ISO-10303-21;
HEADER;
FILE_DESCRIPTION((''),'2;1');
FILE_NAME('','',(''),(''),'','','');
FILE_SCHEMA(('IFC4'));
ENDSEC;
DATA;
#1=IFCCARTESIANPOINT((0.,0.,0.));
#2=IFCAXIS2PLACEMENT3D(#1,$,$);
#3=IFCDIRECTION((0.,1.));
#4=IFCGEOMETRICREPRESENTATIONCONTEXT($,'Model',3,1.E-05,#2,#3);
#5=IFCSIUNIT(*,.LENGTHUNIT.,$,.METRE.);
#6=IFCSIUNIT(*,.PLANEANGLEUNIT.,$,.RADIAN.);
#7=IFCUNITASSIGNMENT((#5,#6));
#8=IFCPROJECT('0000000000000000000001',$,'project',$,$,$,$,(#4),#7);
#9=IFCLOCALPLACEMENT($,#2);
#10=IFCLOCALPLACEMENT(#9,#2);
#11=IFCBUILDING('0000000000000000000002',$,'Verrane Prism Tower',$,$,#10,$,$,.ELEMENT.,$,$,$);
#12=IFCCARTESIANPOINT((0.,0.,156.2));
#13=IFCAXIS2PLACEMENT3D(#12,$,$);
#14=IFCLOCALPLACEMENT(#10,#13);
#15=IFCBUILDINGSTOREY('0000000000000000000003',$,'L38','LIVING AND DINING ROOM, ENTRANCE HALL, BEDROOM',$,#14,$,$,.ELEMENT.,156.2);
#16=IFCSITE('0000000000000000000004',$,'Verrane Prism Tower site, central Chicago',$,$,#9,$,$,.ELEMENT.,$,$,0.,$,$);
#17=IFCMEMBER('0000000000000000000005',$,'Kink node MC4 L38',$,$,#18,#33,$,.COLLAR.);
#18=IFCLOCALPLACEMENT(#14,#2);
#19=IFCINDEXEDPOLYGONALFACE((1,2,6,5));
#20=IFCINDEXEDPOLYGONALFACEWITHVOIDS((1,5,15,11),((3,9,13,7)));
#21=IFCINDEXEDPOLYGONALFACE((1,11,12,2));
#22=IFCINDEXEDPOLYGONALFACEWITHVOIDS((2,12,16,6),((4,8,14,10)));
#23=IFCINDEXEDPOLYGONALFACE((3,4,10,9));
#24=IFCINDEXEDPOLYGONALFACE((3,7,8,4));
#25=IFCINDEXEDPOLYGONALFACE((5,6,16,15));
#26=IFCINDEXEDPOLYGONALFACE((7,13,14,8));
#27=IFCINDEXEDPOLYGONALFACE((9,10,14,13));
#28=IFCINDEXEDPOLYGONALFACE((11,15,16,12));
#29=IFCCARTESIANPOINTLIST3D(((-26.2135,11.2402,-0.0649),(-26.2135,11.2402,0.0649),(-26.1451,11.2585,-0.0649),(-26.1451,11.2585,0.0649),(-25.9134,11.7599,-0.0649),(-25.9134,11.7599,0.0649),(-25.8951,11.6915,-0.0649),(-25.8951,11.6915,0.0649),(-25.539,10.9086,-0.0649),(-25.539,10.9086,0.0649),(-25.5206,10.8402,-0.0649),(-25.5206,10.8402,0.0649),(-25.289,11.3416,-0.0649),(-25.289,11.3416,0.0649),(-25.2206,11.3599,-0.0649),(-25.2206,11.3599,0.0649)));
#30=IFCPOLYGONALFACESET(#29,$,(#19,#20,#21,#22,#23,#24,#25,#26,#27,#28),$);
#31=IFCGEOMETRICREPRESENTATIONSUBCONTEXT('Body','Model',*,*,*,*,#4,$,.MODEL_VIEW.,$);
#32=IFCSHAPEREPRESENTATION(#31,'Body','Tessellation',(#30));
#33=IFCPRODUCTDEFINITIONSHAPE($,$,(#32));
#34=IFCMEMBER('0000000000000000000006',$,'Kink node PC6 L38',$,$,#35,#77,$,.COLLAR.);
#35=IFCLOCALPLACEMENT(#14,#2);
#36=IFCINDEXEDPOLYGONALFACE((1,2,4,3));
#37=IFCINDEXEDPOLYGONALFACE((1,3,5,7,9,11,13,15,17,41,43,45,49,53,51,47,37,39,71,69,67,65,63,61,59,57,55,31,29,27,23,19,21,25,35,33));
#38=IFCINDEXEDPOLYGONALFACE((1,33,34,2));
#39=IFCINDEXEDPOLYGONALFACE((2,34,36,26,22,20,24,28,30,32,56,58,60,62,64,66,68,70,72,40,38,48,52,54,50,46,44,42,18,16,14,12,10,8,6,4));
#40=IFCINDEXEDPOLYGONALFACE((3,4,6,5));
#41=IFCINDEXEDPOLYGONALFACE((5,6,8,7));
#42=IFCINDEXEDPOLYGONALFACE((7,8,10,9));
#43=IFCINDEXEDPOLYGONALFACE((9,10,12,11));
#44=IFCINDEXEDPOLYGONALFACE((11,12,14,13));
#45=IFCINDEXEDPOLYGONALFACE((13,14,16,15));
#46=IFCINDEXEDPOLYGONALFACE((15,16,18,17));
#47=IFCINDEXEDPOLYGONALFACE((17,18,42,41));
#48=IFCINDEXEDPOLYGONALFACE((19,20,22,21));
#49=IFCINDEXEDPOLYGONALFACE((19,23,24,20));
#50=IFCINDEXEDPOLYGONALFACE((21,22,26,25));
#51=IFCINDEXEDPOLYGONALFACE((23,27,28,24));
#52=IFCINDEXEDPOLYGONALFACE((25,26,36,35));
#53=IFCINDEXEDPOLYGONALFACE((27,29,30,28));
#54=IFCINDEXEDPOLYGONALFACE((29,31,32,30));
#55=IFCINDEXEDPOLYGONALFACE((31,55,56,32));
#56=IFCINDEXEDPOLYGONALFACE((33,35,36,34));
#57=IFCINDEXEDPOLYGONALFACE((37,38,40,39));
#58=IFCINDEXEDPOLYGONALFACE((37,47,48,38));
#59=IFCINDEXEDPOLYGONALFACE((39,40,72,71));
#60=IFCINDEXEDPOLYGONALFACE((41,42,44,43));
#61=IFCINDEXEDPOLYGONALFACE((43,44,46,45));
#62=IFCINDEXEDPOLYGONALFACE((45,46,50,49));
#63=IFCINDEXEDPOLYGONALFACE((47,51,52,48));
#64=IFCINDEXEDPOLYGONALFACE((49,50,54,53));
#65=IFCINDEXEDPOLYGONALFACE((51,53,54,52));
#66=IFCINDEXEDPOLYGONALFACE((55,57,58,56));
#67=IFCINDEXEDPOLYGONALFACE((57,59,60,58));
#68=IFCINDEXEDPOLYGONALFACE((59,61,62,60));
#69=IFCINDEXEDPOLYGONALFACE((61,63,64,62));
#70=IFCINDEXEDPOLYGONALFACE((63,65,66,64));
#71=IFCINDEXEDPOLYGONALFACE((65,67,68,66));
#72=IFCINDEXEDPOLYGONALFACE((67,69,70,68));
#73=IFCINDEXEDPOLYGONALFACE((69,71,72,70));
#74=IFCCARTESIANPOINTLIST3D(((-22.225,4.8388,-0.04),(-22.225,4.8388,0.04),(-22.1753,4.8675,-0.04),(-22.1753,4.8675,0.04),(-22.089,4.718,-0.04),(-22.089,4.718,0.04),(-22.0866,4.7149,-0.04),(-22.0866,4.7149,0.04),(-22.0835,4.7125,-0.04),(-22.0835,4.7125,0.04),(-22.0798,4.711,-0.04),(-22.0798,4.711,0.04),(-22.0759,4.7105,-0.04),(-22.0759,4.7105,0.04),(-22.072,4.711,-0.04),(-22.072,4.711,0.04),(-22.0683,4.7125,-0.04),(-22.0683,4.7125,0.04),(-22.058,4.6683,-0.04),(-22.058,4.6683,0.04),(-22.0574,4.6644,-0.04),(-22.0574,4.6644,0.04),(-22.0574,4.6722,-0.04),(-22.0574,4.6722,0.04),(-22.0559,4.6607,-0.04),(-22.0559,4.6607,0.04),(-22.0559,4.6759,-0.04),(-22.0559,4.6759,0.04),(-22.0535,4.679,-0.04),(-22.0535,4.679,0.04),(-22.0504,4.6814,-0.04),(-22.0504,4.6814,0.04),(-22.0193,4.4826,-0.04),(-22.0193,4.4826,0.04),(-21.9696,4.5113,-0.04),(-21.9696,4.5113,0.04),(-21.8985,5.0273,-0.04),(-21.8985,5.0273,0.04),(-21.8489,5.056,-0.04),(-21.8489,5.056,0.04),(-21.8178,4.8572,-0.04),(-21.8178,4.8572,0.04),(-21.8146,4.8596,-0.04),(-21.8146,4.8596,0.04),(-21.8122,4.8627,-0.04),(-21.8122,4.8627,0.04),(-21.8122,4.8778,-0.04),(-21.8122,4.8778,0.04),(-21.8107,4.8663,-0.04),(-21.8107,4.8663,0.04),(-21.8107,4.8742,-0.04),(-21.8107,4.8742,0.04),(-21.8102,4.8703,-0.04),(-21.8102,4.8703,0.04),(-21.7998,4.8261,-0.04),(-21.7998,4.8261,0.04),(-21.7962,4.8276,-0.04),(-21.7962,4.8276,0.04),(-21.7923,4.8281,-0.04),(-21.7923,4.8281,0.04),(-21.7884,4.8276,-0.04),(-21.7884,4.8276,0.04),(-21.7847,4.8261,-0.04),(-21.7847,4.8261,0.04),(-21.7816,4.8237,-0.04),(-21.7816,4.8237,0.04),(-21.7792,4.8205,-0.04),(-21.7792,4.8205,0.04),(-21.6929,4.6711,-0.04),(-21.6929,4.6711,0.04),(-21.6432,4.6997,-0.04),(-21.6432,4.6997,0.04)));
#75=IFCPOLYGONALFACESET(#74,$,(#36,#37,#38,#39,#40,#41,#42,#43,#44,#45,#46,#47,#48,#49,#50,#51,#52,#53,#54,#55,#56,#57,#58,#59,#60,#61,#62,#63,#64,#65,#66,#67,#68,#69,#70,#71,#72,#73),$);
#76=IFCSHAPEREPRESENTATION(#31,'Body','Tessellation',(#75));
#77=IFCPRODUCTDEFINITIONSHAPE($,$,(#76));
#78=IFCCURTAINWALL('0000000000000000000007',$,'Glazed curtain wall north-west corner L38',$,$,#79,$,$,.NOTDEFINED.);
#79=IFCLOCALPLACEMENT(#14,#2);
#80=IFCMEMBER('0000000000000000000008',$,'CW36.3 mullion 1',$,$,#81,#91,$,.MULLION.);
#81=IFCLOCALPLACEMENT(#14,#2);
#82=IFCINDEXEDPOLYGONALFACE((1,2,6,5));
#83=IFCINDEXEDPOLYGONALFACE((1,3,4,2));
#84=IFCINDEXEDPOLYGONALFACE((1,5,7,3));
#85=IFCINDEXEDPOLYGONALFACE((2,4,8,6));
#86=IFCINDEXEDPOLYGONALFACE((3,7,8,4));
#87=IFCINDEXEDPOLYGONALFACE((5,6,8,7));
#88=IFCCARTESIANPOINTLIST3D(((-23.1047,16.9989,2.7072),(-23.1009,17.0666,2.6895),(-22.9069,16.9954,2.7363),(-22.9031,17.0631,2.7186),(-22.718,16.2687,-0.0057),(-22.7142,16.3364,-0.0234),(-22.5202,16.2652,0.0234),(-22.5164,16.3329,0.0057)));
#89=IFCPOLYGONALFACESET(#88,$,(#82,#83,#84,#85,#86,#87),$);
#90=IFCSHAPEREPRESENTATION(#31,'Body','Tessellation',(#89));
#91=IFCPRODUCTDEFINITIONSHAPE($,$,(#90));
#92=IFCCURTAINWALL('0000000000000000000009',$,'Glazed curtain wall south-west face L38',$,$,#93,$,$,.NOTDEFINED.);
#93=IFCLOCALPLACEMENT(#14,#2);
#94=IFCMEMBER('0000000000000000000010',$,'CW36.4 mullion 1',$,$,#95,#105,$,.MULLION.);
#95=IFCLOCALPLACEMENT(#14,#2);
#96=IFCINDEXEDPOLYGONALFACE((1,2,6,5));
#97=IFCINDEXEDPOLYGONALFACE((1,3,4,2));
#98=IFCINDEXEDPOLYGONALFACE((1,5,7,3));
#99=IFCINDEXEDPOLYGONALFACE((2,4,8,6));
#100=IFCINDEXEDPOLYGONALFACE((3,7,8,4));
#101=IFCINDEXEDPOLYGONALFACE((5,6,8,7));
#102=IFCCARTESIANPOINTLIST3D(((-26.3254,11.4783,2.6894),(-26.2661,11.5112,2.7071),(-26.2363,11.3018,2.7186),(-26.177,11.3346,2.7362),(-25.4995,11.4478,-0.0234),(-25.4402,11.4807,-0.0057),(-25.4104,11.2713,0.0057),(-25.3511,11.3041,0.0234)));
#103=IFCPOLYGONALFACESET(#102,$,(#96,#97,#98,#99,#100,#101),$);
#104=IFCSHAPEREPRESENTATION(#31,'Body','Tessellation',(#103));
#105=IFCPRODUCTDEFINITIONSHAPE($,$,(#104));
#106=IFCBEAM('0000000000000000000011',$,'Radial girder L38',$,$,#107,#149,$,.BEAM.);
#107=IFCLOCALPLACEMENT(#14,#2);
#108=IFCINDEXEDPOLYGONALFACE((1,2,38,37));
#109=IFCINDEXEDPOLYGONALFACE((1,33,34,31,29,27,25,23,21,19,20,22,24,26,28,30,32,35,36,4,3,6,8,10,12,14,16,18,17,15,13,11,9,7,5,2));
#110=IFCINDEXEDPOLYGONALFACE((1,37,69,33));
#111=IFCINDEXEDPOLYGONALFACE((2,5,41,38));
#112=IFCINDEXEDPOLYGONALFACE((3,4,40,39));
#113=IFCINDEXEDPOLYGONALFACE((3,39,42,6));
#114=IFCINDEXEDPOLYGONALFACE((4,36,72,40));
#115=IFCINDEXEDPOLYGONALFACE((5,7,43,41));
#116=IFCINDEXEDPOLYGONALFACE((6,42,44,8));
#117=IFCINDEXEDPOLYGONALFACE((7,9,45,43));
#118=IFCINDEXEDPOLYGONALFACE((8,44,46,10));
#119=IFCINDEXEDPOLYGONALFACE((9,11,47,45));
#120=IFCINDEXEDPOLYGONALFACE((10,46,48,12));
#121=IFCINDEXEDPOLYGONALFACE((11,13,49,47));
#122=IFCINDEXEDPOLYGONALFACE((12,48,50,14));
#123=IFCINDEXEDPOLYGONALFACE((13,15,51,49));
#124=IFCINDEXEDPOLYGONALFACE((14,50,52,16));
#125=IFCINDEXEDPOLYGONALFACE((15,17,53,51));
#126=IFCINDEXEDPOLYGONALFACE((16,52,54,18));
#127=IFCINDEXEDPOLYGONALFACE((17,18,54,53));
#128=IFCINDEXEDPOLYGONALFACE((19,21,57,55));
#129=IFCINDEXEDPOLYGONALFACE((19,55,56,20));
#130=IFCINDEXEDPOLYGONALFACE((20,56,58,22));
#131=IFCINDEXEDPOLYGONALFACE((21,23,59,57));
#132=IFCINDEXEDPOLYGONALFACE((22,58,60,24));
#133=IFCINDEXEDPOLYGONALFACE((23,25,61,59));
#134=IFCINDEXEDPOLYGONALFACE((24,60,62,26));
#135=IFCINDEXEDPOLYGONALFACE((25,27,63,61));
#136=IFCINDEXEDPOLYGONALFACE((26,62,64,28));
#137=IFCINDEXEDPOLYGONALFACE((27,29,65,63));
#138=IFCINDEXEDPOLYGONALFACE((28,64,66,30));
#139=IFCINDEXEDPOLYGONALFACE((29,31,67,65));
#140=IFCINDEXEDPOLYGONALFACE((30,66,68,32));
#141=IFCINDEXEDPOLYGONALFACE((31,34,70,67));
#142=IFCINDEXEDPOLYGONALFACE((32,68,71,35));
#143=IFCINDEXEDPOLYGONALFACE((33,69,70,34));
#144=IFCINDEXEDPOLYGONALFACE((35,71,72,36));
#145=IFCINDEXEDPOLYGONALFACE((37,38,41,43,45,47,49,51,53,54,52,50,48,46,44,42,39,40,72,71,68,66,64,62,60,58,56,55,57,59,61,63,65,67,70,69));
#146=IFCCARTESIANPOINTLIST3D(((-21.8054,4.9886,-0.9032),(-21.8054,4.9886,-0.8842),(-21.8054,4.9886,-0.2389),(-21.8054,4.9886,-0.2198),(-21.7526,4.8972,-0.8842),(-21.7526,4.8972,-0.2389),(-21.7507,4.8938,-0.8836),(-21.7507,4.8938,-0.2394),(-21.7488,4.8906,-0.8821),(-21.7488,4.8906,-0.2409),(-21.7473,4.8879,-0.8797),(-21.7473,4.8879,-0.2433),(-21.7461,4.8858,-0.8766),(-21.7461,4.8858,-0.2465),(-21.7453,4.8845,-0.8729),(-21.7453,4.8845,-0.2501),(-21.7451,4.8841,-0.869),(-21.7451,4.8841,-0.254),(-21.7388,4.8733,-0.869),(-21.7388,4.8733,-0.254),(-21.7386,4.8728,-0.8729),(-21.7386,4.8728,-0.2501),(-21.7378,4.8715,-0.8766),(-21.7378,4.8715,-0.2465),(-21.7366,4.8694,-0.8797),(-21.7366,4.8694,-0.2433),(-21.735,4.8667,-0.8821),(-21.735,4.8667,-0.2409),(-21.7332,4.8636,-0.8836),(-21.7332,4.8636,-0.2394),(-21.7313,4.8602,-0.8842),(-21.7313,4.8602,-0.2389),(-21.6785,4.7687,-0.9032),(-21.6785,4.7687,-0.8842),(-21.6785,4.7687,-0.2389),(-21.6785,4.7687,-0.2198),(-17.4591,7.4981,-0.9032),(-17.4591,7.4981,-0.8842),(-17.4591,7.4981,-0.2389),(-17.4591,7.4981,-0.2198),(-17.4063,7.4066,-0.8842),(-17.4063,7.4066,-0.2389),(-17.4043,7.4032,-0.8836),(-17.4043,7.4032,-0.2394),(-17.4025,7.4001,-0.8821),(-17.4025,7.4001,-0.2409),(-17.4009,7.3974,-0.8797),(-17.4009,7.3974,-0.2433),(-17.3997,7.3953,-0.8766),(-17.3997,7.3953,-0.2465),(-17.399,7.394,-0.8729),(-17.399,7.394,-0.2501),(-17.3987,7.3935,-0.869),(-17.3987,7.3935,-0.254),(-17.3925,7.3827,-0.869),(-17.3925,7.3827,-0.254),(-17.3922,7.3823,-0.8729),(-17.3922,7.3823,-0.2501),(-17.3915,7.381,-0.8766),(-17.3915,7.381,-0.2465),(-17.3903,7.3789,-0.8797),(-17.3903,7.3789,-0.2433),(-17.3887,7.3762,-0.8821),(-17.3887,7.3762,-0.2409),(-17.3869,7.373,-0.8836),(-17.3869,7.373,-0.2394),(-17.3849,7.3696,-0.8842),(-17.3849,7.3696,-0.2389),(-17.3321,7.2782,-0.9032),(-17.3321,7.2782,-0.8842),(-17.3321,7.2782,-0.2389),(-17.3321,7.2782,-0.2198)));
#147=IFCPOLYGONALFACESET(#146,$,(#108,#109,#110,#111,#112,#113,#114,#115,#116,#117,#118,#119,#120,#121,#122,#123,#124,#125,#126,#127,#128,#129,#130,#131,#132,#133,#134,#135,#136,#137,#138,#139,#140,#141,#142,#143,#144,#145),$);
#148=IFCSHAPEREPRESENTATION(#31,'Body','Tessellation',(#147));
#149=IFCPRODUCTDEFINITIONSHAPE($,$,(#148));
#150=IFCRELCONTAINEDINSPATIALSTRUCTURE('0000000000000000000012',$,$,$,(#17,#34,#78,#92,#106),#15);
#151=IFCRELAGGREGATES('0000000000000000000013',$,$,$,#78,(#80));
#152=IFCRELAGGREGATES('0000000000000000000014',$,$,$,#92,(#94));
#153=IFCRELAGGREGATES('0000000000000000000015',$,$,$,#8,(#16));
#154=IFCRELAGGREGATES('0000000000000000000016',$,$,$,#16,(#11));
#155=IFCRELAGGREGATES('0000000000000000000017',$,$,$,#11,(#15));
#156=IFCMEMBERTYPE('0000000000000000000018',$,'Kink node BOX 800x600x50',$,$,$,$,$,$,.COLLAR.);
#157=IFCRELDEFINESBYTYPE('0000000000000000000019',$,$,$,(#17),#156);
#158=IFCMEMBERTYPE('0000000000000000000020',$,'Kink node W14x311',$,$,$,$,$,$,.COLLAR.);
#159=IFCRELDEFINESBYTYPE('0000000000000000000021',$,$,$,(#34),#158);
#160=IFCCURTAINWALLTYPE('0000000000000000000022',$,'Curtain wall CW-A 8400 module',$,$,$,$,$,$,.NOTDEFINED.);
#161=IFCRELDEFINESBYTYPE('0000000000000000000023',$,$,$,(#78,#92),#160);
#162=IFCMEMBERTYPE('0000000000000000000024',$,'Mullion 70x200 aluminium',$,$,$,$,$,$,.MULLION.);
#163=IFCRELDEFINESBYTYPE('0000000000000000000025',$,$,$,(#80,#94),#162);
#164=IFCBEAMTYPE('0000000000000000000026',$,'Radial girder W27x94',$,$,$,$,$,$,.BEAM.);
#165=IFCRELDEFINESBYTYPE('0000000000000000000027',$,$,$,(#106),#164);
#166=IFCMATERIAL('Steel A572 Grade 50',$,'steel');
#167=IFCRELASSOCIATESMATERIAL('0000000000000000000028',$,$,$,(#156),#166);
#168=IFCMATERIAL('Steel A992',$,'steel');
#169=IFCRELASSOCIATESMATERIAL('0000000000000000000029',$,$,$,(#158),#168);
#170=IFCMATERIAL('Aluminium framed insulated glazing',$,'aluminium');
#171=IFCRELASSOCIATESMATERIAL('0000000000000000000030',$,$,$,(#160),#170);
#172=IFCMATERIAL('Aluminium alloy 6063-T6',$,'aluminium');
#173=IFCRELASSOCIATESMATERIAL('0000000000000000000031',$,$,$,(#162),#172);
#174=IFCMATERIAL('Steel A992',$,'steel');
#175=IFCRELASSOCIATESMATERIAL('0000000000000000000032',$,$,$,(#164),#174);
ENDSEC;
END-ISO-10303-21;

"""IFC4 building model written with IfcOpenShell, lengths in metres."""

from ifc_helpers import new_model, si_unit, direction, frame, origin, origin_2d, place, context, subcontext, project, spatial, rectangle, hollow_rectangle, i_section, extrude, material, material_profile, profile_set, type_object, element, aggregate, save


model = new_model("IFC4")

# Units and contexts
model_context = context("Model", 3, precision=1e-05, world=origin(), true_north=direction((0.0, 1.0)))
body_context = subcontext(model_context, "Body", "Model", "MODEL_VIEW")
ifc_project = project(units=[si_unit("LENGTHUNIT", "METRE"), si_unit("PLANEANGLEUNIT", "RADIAN")], contexts=[model_context])

# Site, building, storey
site_placement = place(None, origin())
site = spatial("IfcSite", under=ifc_project, at=site_placement, Name="Verrane Prism Tower site, central Chicago", CompositionType="ELEMENT", RefElevation=0.0)
building_placement = place(site_placement, origin())
building = spatial("IfcBuilding", under=site, at=building_placement, Name="Verrane Prism Tower", CompositionType="ELEMENT")
storey_placement = place(building_placement, frame((0.0, 0.0, 156.2)))
storey = spatial("IfcBuildingStorey", under=building, at=storey_placement, Name="L38", Description="LIVING AND DINING ROOM, ENTRANCE HALL, BEDROOM", CompositionType="ELEMENT", Elevation=156.2)

# Members
ifc_material_1 = material(Name="Steel A572 Grade 50", Category="steel")
ifc_material_profile_1 = material_profile(ifc_material_1, hollow_rectangle(XDim=0.6001, YDim=0.8, WallThickness=0.05, at=origin_2d()), Name="BOX 800x600x50")
ifc_profile_set_1 = profile_set([ifc_material_profile_1], Name="Steel A572 Grade 50")
member_type_1 = type_object("IfcMemberType", Name="Kink node BOX 800x600x50", PredefinedType="COLLAR", material=ifc_profile_set_1)
for number, where, z_axis, x_axis, name in (
    (1, (-25.717, 11.3, -0.0649), (0.0, 0.0, 1.0), (0.5, 0.866025, 0.0), "Kink node MC4 L38"),
):
    element("IfcMember", number, at=place(storey_placement, frame(where, z_axis=z_axis, x_axis=x_axis)), inside=storey, type_object=member_type_1, Name=name, PredefinedType="COLLAR", context=body_context, shape_type="SweptSolid", body=[
        extrude(hollow_rectangle(XDim=0.6001, YDim=0.8, WallThickness=0.05, at=origin_2d()), origin(), (0.0, 0.0, 1.0), 0.1299),
    ])
ifc_material_2 = material(Name="Steel A992", Category="steel")
ifc_material_profile_2 = material_profile(ifc_material_2, i_section(OverallWidth=0.4114, OverallDepth=0.4343, WebThickness=0.0359, FlangeThickness=0.0574, FilletRadius=0.0151, at=origin_2d()), Name="W14x311")
ifc_profile_set_2 = profile_set([ifc_material_profile_2], Name="Steel A992")
member_type_2 = type_object("IfcMemberType", Name="Kink node W14x311", PredefinedType="COLLAR", material=ifc_profile_set_2)
member_1_placement = place(storey_placement, frame((-21.9341, 4.7693, -0.04), z_axis=(0.0, 0.0, 1.0), x_axis=(-0.5, 0.866025, 0.0)))
element("IfcMember", 2, at=member_1_placement, inside=storey, type_object=member_type_2, Name="Kink node PC6 L38", PredefinedType="COLLAR", context=body_context, shape_type="SweptSolid", body=[
    extrude(i_section(OverallWidth=0.4114, OverallDepth=0.4343, WebThickness=0.0359, FlangeThickness=0.0574, FilletRadius=0.0151, at=origin_2d()), origin(), (0.0, 0.0, 1.0), 0.0801),
])

# Curtain walls, members
ifc_material_3 = material(Name="Aluminium framed insulated glazing", Category="aluminium")
curtain_wall_type = type_object("IfcCurtainWallType", Name="Curtain wall CW-A 8400 module", PredefinedType="NOTDEFINED", material=ifc_material_3)
curtain_wall_1_placement = place(storey_placement, origin())
curtain_wall_1 = element("IfcCurtainWall", 3, at=curtain_wall_1_placement, inside=storey, type_object=curtain_wall_type, Name="Glazed curtain wall north-west corner L38", PredefinedType="NOTDEFINED")
ifc_material_4 = material(Name="Aluminium alloy 6063-T6", Category="aluminium")
ifc_material_profile_3 = material_profile(ifc_material_4, rectangle(XDim=0.2, YDim=0.0701, at=origin_2d()), Name="Mullion 70x200 aluminium")
ifc_profile_set_3 = profile_set([ifc_material_profile_3], Name="Aluminium alloy 6063-T6")
member_type_3 = type_object("IfcMemberType", Name="Mullion 70x200 aluminium", PredefinedType="MULLION", material=ifc_profile_set_3)
member_2_placement = place(storey_placement, frame((-22.6172, 16.3008, 0.0), z_axis=(-0.136364, 0.257489, 0.956611), x_axis=(-0.989178, 0.017385, -0.145685)))
member_2 = element("IfcMember", 4, at=member_2_placement, type_object=member_type_3, Name="CW36.3 mullion 1", PredefinedType="MULLION", context=body_context, shape_type="SweptSolid", body=[
    extrude(rectangle(XDim=0.2, YDim=0.0701, at=origin_2d()), origin(), (0.0, 0.0, 1.0), 2.8359),
])
curtain_wall_2_placement = place(storey_placement, origin())
curtain_wall_2 = element("IfcCurtainWall", 5, at=curtain_wall_2_placement, inside=storey, type_object=curtain_wall_type, Name="Glazed curtain wall south-west face L38", PredefinedType="NOTDEFINED")
member_3_placement = place(storey_placement, frame((-25.4253, 11.376, 0.0), z_axis=(-0.29123, 0.010761, 0.956592), x_axis=(0.445993, -0.883095, 0.145715)))
member_3 = element("IfcMember", 6, at=member_3_placement, type_object=member_type_3, Name="CW36.4 mullion 1", PredefinedType="MULLION", context=body_context, shape_type="SweptSolid", body=[
    extrude(rectangle(XDim=0.2, YDim=0.0701, at=origin_2d()), origin(), (0.0, 0.0, 1.0), 2.8359),
])

# Beam
ifc_material_5 = material(Name="Steel A992", Category="steel")
ifc_material_profile_4 = material_profile(ifc_material_5, i_section(OverallWidth=0.2539, OverallDepth=0.6833, WebThickness=0.0125, FlangeThickness=0.019, FilletRadius=0.0151, at=origin_2d()), Name="W27x94")
ifc_profile_set_4 = profile_set([ifc_material_profile_4], Name="Steel A992")
beam_type_1 = type_object("IfcBeamType", Name="Radial girder W27x94", PredefinedType="BEAM", material=ifc_profile_set_4)
beam_1_placement = place(storey_placement, frame((-21.7419, 4.8787, -0.5615), z_axis=(0.866016, 0.500016, 0.0), x_axis=(-0.500016, 0.866016, 0.0)))
element("IfcBeam", 7, at=beam_1_placement, inside=storey, type_object=beam_type_1, Name="Radial girder L38", PredefinedType="BEAM", context=body_context, shape_type="SweptSolid", body=[
    extrude(i_section(OverallWidth=0.2539, OverallDepth=0.6833, WebThickness=0.0125, FlangeThickness=0.019, FilletRadius=0.0151, at=origin_2d()), origin(), (0.0, 0.0, 1.0), 5.0188),
])

aggregate(curtain_wall_1, [member_2])
aggregate(curtain_wall_2, [member_3])

save(model, "model.ifc")
